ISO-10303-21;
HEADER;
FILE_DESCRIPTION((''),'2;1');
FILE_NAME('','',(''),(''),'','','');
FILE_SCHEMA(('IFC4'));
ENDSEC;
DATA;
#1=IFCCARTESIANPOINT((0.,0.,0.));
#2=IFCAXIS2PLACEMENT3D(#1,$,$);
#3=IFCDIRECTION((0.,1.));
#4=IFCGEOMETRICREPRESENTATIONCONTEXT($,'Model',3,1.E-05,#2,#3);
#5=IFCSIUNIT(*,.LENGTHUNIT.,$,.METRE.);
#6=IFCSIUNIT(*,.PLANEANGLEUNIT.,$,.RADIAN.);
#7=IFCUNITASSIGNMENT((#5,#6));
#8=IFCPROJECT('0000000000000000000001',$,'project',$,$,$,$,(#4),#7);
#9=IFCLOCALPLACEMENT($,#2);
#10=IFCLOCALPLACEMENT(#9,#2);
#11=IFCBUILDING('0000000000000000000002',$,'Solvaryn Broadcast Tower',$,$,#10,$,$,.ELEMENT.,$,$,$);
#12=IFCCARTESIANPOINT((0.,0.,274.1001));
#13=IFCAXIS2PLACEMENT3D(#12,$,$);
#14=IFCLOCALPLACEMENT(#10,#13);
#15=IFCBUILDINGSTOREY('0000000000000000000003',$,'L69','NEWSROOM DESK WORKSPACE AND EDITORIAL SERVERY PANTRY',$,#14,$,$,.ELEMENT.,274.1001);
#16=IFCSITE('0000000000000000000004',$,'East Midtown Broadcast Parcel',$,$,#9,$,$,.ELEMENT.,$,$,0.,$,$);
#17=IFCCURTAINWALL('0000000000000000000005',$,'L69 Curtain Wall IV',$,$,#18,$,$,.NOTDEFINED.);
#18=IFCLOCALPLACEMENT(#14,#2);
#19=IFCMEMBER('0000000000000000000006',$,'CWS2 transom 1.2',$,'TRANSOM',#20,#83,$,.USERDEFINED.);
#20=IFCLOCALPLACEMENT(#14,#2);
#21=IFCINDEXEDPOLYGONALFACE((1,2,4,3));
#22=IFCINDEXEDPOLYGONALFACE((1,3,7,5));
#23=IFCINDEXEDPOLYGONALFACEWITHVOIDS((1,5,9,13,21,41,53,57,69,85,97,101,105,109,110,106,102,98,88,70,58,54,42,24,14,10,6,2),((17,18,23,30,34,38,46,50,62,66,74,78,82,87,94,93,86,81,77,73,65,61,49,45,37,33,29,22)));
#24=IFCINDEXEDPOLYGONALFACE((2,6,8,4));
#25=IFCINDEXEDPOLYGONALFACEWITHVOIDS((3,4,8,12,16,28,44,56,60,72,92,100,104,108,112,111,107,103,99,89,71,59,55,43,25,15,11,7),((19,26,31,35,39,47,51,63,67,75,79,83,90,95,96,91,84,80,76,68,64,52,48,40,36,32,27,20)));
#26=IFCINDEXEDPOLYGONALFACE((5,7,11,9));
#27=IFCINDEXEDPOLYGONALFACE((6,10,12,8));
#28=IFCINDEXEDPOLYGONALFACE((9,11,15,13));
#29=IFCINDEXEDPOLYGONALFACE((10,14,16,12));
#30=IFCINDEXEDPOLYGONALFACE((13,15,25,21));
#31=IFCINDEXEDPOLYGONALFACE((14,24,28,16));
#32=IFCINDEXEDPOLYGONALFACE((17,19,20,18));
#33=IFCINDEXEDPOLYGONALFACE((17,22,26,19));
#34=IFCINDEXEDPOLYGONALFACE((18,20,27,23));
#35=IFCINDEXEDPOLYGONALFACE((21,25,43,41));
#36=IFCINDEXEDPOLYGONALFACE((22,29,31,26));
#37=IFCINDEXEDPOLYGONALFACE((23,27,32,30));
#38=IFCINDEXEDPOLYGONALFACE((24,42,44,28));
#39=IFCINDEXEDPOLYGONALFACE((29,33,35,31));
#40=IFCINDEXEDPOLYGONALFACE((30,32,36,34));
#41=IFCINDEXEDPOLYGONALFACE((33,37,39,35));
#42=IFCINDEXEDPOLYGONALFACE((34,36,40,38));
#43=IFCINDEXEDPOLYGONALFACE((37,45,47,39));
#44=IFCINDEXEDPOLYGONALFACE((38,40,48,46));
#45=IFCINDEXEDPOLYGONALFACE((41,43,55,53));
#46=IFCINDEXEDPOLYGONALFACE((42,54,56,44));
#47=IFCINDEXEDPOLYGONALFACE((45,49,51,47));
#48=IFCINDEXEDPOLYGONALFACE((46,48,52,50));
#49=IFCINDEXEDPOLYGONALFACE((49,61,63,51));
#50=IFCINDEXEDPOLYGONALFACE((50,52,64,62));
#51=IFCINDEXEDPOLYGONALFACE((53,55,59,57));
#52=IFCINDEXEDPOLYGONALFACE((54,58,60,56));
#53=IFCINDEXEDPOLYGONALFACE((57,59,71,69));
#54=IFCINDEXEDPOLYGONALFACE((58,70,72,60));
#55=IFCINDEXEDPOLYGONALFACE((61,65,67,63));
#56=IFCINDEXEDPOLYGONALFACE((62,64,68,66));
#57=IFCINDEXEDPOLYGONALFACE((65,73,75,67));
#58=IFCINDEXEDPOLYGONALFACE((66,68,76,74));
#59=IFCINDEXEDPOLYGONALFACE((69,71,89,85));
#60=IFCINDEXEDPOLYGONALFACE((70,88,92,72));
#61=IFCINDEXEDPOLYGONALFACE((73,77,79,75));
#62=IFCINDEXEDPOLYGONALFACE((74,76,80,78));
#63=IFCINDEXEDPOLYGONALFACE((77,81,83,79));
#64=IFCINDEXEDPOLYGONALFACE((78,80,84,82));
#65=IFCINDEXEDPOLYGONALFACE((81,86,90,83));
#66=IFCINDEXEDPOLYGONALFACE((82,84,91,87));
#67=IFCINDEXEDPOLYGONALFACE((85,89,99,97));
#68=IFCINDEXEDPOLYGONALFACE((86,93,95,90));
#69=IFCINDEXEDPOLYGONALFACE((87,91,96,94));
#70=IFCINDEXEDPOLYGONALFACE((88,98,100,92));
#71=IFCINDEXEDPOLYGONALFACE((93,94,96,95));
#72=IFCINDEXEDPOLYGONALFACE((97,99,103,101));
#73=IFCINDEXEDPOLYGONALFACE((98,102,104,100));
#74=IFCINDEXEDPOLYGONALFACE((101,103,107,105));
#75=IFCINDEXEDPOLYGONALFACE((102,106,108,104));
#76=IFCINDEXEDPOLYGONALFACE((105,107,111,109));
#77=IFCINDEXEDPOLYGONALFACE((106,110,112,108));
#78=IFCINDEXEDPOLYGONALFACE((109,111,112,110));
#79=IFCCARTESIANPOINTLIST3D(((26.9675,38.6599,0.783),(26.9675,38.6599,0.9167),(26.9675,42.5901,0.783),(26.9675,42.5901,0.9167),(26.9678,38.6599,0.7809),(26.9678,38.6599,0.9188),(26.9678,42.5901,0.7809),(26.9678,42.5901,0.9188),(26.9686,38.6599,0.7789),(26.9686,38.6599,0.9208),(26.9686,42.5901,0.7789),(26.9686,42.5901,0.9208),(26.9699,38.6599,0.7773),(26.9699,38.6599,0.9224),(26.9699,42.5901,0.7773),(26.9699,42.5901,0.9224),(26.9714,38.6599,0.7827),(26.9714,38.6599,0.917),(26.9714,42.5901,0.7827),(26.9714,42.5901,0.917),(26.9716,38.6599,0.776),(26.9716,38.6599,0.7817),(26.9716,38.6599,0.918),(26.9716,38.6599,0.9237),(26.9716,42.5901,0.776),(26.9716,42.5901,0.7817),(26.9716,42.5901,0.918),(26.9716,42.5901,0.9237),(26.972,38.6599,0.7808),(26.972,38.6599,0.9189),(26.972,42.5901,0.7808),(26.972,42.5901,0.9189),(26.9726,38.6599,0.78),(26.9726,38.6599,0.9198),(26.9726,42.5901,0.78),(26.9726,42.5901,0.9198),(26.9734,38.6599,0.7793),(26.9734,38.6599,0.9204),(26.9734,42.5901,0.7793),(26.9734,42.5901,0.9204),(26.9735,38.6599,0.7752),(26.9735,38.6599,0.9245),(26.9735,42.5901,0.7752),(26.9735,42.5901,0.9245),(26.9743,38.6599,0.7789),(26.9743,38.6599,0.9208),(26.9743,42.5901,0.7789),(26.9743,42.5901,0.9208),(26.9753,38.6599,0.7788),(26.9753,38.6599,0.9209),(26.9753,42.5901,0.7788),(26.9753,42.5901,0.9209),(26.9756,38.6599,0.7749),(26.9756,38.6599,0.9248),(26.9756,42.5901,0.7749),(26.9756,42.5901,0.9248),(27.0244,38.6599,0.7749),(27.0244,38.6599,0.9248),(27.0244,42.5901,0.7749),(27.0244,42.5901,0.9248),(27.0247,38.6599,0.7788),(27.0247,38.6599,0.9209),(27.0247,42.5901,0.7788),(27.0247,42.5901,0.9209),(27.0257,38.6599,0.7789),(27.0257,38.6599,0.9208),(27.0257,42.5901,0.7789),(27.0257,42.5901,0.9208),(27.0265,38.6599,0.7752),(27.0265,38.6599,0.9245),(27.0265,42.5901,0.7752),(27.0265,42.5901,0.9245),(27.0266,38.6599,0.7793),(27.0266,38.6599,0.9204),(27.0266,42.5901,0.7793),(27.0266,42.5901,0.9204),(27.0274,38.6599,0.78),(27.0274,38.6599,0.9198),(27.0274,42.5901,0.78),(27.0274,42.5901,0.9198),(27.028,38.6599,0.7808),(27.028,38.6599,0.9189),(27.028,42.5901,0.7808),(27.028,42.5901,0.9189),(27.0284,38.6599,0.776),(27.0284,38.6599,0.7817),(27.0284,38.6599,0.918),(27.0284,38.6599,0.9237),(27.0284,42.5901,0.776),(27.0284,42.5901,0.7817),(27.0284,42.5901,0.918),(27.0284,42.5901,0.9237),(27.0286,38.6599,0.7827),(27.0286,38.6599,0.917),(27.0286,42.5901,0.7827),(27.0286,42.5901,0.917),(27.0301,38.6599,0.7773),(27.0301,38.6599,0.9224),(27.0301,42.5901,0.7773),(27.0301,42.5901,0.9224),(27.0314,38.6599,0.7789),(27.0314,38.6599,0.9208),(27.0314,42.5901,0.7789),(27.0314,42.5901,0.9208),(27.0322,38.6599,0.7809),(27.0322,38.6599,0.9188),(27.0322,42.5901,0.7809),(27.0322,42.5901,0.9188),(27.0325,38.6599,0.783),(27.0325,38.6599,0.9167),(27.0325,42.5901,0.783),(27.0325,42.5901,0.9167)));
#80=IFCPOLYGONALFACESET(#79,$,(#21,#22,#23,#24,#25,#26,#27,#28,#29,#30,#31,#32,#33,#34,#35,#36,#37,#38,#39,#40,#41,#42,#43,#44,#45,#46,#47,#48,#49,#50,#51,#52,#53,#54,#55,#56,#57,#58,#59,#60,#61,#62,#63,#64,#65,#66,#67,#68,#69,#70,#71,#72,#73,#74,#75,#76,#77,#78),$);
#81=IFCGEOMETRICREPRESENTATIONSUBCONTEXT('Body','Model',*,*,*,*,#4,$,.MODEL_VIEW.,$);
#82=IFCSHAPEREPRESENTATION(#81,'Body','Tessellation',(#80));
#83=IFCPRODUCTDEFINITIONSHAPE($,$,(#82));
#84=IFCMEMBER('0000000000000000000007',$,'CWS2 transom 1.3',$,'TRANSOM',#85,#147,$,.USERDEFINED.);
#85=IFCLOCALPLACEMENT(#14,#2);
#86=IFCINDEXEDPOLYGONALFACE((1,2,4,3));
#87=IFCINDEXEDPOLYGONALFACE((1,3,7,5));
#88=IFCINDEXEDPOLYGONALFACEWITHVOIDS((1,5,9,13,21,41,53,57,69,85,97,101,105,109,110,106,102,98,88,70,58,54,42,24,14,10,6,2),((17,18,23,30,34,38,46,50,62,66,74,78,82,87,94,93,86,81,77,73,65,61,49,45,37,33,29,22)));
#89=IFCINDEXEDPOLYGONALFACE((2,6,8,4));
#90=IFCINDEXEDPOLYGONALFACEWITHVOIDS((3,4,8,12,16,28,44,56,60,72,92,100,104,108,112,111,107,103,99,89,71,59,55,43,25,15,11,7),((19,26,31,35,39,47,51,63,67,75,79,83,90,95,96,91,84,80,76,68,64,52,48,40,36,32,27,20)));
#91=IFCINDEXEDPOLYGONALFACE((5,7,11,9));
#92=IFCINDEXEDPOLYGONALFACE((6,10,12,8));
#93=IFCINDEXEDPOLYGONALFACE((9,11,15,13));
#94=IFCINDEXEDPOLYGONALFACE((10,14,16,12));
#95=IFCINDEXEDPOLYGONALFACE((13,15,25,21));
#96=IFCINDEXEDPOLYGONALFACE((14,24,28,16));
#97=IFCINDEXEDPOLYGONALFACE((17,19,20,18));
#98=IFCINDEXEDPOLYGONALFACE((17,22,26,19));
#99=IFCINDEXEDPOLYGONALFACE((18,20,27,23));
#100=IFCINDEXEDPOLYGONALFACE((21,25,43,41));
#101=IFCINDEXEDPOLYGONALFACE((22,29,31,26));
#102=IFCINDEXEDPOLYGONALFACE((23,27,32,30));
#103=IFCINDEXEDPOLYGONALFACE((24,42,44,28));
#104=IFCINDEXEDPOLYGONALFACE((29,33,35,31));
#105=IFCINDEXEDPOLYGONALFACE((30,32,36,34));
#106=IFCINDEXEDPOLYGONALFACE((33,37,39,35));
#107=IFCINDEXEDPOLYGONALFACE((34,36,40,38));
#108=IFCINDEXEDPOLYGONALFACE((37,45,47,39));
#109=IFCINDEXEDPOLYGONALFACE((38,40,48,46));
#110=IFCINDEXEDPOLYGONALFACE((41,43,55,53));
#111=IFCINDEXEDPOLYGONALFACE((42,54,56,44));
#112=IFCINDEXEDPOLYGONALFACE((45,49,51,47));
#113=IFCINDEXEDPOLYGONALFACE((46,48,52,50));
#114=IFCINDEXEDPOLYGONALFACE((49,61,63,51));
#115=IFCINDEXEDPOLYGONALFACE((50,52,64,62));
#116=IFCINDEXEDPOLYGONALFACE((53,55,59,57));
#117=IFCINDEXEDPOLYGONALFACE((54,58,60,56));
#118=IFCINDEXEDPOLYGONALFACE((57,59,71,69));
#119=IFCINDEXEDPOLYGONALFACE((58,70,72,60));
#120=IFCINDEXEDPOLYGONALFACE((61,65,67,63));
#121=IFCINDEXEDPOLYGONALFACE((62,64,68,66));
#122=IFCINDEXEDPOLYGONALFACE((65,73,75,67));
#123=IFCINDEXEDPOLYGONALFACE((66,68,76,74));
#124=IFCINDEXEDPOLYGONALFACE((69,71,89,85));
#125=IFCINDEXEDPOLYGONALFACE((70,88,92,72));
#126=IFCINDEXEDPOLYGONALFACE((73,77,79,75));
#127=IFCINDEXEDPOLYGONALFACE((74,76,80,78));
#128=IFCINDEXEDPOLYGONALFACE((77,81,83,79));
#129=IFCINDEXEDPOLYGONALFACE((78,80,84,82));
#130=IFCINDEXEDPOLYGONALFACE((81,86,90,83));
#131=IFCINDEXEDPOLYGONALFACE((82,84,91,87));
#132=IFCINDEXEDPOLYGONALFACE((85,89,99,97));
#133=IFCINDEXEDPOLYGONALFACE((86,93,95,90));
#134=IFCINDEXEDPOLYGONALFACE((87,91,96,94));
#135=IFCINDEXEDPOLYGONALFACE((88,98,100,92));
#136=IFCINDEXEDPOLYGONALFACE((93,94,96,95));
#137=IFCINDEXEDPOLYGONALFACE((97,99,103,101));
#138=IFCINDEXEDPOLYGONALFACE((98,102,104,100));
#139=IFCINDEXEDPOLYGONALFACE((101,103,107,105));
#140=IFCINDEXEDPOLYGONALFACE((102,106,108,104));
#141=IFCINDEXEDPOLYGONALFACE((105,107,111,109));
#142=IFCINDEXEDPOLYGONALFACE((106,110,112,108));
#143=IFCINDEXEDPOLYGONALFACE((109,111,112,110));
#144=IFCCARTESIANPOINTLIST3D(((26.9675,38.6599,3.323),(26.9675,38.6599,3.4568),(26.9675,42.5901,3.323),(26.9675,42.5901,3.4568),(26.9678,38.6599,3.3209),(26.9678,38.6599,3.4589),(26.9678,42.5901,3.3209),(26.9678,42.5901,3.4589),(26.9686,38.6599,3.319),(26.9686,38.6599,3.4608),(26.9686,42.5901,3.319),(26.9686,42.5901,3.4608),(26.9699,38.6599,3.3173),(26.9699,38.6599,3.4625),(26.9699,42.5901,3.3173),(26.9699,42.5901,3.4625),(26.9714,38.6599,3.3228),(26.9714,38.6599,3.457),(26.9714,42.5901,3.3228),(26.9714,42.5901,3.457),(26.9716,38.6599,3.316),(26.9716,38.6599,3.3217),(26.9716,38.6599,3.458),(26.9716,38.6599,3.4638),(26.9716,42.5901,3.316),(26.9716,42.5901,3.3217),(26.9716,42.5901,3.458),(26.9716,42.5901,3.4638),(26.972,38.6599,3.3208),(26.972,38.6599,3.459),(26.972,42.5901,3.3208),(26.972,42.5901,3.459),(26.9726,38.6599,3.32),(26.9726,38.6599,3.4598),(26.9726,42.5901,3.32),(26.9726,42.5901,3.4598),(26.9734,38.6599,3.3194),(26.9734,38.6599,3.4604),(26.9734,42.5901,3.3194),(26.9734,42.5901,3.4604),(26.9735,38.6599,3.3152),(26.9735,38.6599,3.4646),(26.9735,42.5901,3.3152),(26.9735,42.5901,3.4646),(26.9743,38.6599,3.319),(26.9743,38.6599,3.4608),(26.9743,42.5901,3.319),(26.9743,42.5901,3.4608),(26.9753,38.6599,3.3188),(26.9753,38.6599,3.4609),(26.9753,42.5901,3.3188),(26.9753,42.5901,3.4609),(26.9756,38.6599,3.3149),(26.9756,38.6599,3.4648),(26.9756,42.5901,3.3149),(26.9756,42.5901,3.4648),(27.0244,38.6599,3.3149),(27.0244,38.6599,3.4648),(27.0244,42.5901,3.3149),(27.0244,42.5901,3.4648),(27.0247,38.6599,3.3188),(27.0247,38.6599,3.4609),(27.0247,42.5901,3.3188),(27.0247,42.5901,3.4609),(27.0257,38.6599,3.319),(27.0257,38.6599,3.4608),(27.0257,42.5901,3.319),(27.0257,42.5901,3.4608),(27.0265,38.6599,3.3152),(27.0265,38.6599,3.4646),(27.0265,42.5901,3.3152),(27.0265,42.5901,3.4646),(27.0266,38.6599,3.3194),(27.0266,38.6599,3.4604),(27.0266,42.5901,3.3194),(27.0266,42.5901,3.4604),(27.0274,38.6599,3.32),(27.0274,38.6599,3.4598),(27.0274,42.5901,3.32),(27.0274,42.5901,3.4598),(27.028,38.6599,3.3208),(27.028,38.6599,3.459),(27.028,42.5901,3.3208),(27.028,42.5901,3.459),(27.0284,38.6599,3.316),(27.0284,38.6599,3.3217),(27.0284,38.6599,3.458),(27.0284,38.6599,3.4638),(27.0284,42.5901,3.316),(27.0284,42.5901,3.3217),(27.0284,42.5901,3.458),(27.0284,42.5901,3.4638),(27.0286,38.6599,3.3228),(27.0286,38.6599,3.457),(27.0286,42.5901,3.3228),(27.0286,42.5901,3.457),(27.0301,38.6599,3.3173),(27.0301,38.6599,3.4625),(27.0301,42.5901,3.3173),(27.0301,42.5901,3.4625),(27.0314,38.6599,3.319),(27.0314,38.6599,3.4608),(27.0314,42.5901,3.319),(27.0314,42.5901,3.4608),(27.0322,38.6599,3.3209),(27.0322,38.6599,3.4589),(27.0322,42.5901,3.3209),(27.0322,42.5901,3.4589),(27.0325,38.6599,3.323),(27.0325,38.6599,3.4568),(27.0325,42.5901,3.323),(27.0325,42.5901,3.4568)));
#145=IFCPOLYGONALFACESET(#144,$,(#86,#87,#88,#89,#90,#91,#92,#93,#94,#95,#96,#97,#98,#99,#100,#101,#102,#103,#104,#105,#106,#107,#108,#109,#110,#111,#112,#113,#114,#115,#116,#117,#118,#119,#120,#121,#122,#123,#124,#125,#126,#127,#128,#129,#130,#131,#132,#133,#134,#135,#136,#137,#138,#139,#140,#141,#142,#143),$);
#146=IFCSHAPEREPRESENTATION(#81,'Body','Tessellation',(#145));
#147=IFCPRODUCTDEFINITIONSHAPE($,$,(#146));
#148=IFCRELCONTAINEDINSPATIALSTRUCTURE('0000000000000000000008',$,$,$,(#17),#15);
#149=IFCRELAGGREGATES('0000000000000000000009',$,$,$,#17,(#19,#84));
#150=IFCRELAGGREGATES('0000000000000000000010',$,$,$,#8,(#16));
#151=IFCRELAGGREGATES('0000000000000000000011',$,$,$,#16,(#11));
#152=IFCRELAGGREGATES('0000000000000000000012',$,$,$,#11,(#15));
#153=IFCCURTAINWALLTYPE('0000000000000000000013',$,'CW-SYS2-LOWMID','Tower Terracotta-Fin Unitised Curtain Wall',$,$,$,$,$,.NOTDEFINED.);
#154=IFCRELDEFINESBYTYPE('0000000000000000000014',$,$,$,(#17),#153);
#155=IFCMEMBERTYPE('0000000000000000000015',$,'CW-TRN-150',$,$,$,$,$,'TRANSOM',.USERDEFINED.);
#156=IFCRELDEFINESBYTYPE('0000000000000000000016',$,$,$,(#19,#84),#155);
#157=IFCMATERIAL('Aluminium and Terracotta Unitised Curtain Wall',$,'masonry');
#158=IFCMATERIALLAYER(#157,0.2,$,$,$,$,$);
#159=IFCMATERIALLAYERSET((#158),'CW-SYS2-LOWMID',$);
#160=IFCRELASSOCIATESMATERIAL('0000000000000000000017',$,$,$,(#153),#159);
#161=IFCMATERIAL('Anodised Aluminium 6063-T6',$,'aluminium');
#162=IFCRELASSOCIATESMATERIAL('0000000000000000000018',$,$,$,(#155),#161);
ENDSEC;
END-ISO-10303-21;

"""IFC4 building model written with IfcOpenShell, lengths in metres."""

from ifc_helpers import new_model, si_unit, direction, frame, origin, origin_2d, place, context, subcontext, project, spatial, hollow_rectangle, extrude, material, layer, layer_set, material_profile, profile_set, type_object, element, aggregate, save


model = new_model("IFC4")

# Units and contexts
model_context = context("Model", 3, precision=1e-05, world=origin(), true_north=direction((0.0, 1.0)))
body_context = subcontext(model_context, "Body", "Model", "MODEL_VIEW")
ifc_project = project(units=[si_unit("LENGTHUNIT", "METRE"), si_unit("PLANEANGLEUNIT", "RADIAN")], contexts=[model_context])

# Site, building, storey
site_placement = place(None, origin())
site = spatial("IfcSite", under=ifc_project, at=site_placement, Name="East Midtown Broadcast Parcel", CompositionType="ELEMENT", RefElevation=0.0)
building_placement = place(site_placement, origin())
building = spatial("IfcBuilding", under=site, at=building_placement, Name="Solvaryn Broadcast Tower", CompositionType="ELEMENT")
storey_placement = place(building_placement, frame((0.0, 0.0, 274.1001)))
storey = spatial("IfcBuildingStorey", under=building, at=storey_placement, Name="L69", Description="NEWSROOM DESK WORKSPACE AND EDITORIAL SERVERY PANTRY", CompositionType="ELEMENT", Elevation=274.1001)

# Curtain wall
ifc_material_1 = material(Name="Aluminium and Terracotta Unitised Curtain Wall", Category="masonry")
ifc_layer_1 = layer(ifc_material_1, 0.2)
ifc_layer_set_1 = layer_set([ifc_layer_1], Name="CW-SYS2-LOWMID")
curtain_wall_type = type_object("IfcCurtainWallType", Name="CW-SYS2-LOWMID", Description="Tower Terracotta-Fin Unitised Curtain Wall", PredefinedType="NOTDEFINED", material=ifc_layer_set_1)
curtain_wall_1_placement = place(storey_placement, origin())
curtain_wall_1 = element("IfcCurtainWall", 1, at=curtain_wall_1_placement, inside=storey, type_object=curtain_wall_type, Name="L69 Curtain Wall IV", PredefinedType="NOTDEFINED")

# Members
ifc_material_2 = material(Name="Anodised Aluminium 6063-T6", Category="aluminium")
ifc_material_profile_1 = material_profile(ifc_material_2, hollow_rectangle(XDim=0.0649, YDim=0.1499, WallThickness=0.0039, InnerFilletRadius=0.0039, OuterFilletRadius=0.0081, at=origin_2d()))
ifc_profile_set_1 = profile_set([ifc_material_profile_1], Name="Anodised Aluminium 6063-T6")
member_type_1 = type_object("IfcMemberType", Name="CW-TRN-150", ElementType="TRANSOM", PredefinedType="USERDEFINED", material=ifc_profile_set_1)
member_1_placement = place(storey_placement, frame((27.0, 42.5901, 0.8499), z_axis=(0.0, -1.0, 0.0), x_axis=(1.0, 0.0, 0.0)))
member_1 = element("IfcMember", 2, at=member_1_placement, type_object=member_type_1, Name="CWS2 transom 1.2", ObjectType="TRANSOM", PredefinedType="USERDEFINED", context=body_context, shape_type="SweptSolid", body=[
    extrude(hollow_rectangle(XDim=0.0649, YDim=0.1499, WallThickness=0.0039, InnerFilletRadius=0.0039, OuterFilletRadius=0.0081, at=origin_2d()), origin(), (0.0, 0.0, 1.0), 3.9302),
])
member_2_placement = place(storey_placement, frame((27.0, 42.5901, 3.3899), z_axis=(0.0, -1.0, 0.0), x_axis=(1.0, 0.0, 0.0)))
member_2 = element("IfcMember", 3, at=member_2_placement, type_object=member_type_1, Name="CWS2 transom 1.3", ObjectType="TRANSOM", PredefinedType="USERDEFINED", context=body_context, shape_type="SweptSolid", body=[
    extrude(hollow_rectangle(XDim=0.0649, YDim=0.1499, WallThickness=0.0039, InnerFilletRadius=0.0039, OuterFilletRadius=0.0081, at=origin_2d()), origin(), (0.0, 0.0, 1.0), 3.9302),
])

aggregate(curtain_wall_1, [member_1, member_2])

save(model, "model.ifc")
